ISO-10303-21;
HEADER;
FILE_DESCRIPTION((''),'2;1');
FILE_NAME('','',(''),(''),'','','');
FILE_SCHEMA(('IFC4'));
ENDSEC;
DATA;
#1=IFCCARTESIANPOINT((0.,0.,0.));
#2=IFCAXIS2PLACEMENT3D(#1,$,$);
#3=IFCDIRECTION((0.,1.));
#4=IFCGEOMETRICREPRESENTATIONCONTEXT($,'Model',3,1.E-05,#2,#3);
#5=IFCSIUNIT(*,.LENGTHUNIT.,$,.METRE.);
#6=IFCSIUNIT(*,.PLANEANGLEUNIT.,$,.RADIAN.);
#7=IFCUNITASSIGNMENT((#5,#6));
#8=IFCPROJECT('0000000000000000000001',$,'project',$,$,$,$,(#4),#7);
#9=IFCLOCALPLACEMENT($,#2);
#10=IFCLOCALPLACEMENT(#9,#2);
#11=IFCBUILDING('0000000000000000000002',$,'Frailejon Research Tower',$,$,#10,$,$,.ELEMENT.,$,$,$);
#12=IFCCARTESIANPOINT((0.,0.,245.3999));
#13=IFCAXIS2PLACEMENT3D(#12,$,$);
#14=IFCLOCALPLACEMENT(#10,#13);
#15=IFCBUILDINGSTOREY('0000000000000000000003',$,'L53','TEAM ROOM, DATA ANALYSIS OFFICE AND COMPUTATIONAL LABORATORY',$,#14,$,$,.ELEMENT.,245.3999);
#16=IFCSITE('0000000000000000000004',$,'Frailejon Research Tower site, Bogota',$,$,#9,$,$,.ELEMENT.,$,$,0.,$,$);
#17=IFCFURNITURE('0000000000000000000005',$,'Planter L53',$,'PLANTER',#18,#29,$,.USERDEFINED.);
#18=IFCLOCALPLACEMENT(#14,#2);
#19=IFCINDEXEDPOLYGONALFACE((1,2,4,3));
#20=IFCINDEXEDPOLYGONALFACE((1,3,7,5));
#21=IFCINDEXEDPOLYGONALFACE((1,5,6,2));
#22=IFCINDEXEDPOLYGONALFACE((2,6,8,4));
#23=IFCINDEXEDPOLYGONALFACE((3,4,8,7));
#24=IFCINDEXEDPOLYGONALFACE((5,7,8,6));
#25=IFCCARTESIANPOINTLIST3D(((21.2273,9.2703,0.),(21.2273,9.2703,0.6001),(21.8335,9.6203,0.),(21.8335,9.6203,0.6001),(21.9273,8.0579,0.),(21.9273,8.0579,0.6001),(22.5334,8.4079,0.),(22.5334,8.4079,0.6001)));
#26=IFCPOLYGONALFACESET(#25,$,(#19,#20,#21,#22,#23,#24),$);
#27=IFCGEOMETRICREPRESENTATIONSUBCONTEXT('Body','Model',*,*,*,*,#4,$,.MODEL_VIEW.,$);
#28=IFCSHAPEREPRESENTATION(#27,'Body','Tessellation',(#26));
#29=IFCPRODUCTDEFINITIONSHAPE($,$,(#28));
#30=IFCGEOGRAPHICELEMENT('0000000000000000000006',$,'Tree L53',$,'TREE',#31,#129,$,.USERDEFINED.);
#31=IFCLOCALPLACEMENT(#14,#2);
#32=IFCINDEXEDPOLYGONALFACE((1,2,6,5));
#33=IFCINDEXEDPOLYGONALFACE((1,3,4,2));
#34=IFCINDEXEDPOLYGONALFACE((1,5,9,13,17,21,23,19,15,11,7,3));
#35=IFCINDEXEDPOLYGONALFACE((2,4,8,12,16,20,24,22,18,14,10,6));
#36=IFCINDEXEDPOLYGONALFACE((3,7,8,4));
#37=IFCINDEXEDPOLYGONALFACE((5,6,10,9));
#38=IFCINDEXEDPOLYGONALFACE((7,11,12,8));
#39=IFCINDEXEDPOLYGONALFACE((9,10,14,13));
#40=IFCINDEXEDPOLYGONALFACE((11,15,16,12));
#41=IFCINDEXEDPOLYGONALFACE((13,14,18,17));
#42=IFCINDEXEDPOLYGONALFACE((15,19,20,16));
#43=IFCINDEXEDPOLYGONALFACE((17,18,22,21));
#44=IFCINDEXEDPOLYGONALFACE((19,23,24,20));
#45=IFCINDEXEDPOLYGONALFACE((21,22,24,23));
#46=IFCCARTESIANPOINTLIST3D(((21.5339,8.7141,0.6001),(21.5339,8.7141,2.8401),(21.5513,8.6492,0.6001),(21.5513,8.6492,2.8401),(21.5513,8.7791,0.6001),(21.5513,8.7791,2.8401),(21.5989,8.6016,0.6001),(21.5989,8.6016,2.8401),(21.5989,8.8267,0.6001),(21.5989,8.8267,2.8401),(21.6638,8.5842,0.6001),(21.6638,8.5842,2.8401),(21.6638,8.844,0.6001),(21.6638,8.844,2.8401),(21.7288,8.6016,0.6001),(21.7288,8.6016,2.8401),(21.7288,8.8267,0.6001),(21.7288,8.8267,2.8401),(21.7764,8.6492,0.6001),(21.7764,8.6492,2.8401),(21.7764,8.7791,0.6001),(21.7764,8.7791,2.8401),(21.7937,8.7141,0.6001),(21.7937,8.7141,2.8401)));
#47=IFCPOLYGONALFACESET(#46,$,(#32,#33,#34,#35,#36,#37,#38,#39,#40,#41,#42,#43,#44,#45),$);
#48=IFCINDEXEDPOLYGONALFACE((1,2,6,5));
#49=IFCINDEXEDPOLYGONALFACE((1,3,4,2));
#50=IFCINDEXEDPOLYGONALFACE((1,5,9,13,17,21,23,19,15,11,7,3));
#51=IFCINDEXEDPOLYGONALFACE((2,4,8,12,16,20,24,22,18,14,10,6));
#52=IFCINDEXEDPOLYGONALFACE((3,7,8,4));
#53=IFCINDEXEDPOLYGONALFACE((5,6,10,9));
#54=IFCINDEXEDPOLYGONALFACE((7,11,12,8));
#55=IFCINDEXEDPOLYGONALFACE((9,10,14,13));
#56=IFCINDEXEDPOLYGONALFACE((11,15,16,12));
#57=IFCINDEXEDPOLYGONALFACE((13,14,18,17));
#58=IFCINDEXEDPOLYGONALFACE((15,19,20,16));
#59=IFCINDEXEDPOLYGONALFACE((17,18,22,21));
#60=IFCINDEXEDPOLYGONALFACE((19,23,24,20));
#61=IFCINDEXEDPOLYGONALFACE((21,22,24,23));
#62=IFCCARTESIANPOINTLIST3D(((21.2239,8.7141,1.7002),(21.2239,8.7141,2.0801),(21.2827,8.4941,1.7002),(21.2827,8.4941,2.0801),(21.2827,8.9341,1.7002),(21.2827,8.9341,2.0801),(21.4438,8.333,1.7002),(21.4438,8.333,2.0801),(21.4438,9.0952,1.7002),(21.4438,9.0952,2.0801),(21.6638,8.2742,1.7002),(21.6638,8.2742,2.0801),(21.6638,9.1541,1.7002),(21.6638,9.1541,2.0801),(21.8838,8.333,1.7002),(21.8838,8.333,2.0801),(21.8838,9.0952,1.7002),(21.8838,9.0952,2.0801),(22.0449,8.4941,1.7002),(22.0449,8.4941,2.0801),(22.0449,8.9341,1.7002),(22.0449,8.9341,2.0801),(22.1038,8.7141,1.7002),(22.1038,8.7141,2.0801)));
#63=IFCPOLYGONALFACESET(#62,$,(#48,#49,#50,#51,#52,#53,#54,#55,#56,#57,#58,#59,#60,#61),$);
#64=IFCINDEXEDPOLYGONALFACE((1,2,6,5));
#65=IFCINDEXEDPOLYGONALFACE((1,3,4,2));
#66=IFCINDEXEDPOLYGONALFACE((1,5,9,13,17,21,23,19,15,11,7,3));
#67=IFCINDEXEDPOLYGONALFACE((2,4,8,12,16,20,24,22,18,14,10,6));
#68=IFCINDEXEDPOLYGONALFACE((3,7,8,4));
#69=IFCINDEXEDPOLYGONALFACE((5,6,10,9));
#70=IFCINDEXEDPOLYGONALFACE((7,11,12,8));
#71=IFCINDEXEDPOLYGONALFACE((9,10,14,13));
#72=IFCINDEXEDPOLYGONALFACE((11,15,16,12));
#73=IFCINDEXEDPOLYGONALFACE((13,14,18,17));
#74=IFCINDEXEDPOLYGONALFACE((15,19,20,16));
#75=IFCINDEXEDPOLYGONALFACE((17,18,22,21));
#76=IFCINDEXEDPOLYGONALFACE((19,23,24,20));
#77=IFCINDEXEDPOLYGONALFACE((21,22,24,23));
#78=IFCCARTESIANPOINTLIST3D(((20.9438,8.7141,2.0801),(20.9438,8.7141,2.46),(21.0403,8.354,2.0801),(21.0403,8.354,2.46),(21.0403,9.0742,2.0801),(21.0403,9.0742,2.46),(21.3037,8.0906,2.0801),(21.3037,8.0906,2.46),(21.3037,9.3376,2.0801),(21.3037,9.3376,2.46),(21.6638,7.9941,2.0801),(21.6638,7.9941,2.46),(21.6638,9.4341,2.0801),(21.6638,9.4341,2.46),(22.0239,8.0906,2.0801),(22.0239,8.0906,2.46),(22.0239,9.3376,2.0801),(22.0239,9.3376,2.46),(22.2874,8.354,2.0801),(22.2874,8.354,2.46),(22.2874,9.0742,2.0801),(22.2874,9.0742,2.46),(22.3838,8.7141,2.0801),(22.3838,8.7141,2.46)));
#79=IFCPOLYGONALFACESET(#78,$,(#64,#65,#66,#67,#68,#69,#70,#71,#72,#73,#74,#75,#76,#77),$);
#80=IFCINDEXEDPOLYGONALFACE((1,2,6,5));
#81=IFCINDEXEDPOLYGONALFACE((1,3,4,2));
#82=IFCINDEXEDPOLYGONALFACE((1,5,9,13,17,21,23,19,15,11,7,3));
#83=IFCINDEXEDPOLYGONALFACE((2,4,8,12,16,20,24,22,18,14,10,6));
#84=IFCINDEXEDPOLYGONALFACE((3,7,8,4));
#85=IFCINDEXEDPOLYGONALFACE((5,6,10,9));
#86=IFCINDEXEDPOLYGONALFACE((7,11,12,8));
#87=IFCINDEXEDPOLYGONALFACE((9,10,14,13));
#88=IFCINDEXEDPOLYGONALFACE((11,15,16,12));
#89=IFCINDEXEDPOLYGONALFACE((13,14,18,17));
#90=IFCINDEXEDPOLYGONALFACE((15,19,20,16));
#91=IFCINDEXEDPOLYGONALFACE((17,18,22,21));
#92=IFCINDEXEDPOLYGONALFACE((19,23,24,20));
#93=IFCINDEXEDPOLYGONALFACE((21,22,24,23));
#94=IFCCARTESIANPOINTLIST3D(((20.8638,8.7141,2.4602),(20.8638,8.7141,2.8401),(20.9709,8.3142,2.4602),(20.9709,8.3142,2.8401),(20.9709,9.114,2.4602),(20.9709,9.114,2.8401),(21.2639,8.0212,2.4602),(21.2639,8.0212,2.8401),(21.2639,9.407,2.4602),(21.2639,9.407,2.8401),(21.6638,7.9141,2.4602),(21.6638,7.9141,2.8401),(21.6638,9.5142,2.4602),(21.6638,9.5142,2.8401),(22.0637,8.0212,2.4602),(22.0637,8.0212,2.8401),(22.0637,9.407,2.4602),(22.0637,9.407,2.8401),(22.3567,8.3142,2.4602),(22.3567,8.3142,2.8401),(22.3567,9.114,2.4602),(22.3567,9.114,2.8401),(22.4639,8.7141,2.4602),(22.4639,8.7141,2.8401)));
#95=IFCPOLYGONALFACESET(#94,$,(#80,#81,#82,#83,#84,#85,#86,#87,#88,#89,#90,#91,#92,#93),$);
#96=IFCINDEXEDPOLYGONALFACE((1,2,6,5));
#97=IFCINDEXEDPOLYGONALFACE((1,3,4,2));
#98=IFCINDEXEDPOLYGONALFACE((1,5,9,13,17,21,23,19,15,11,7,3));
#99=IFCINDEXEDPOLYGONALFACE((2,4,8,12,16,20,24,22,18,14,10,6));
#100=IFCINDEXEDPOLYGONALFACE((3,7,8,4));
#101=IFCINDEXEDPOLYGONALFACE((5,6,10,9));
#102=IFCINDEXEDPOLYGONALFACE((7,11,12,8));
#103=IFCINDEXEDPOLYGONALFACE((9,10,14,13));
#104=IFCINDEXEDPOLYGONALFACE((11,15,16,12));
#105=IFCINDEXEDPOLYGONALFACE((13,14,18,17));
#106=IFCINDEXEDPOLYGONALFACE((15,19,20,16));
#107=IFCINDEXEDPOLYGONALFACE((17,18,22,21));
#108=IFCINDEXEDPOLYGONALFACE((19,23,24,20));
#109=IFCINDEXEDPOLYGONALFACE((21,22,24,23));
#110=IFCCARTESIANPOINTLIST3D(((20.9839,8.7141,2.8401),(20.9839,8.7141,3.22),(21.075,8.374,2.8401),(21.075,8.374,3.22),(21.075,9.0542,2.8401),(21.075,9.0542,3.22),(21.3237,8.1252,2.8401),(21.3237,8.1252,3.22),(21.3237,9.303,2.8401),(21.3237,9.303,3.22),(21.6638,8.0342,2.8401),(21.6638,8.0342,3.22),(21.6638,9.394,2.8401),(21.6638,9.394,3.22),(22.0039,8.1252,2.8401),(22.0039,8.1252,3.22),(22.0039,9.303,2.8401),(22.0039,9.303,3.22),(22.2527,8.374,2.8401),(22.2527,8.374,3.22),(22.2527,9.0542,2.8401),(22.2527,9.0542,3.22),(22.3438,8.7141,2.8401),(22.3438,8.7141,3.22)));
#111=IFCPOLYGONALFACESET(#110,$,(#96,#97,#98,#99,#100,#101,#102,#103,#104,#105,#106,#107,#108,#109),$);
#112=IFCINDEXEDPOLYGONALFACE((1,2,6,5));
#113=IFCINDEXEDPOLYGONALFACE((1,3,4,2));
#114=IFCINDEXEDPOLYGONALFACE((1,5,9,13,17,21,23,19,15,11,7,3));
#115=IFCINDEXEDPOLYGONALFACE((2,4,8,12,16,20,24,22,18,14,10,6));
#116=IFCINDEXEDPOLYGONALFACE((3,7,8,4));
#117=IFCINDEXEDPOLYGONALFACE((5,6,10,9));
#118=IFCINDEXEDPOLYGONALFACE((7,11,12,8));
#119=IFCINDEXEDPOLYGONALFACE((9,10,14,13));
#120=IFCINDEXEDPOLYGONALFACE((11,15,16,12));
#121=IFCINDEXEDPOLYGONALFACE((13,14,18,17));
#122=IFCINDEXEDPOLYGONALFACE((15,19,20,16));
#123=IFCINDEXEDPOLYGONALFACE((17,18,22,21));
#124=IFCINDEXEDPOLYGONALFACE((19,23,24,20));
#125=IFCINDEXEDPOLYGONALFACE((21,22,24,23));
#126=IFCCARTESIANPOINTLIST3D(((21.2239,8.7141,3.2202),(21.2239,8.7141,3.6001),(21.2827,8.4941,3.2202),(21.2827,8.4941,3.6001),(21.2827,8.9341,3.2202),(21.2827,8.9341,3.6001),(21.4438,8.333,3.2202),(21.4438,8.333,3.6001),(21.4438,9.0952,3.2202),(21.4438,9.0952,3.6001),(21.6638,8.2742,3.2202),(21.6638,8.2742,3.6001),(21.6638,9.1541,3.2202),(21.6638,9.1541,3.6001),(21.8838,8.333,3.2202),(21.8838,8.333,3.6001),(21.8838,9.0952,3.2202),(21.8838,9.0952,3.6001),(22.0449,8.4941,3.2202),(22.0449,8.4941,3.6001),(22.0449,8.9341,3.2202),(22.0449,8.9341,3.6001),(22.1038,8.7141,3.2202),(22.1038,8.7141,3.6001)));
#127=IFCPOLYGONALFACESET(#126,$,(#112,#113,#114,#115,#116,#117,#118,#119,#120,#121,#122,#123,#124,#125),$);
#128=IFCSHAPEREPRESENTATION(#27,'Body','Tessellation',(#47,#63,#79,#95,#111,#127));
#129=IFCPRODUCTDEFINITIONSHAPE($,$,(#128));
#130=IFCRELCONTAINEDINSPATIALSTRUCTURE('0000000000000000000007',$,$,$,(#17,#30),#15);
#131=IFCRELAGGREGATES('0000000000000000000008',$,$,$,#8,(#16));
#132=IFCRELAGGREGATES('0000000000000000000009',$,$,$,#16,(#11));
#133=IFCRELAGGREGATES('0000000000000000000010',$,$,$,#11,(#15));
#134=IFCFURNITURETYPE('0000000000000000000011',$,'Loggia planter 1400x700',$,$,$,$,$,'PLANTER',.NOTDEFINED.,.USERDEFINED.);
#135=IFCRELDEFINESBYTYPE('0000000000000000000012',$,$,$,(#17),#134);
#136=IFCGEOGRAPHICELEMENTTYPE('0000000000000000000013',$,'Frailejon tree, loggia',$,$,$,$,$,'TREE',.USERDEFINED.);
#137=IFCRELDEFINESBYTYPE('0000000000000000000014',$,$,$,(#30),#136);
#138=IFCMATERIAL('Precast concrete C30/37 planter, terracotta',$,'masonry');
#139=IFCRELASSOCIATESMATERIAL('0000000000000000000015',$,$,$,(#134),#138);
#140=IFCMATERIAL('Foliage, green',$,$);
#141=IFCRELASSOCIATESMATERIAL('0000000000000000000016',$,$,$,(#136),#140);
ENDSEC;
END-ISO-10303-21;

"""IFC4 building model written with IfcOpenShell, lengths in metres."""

from ifc_helpers import new_model, si_unit, direction, frame, origin, origin_2d, place, context, subcontext, project, spatial, polyline, rectangle, outline, extrude, material, type_object, element, save


model = new_model("IFC4")

# Units and contexts
model_context = context("Model", 3, precision=1e-05, world=origin(), true_north=direction((0.0, 1.0)))
body_context = subcontext(model_context, "Body", "Model", "MODEL_VIEW")
ifc_project = project(units=[si_unit("LENGTHUNIT", "METRE"), si_unit("PLANEANGLEUNIT", "RADIAN")], contexts=[model_context])

# Site, building, storey
site_placement = place(None, origin())
site = spatial("IfcSite", under=ifc_project, at=site_placement, Name="Frailejon Research Tower site, Bogota", CompositionType="ELEMENT", RefElevation=0.0)
building_placement = place(site_placement, origin())
building = spatial("IfcBuilding", under=site, at=building_placement, Name="Frailejon Research Tower", CompositionType="ELEMENT")
storey_placement = place(building_placement, frame((0.0, 0.0, 245.3999)))
storey = spatial("IfcBuildingStorey", under=building, at=storey_placement, Name="L53", Description="TEAM ROOM, DATA ANALYSIS OFFICE AND COMPUTATIONAL LABORATORY", CompositionType="ELEMENT", Elevation=245.3999)

# Furniture
ifc_material_1 = material(Name="Precast concrete C30/37 planter, terracotta", Category="masonry")
furniture_type = type_object("IfcFurnitureType", Name="Loggia planter 1400x700", ElementType="PLANTER", AssemblyPlace="NOTDEFINED", PredefinedType="USERDEFINED", material=ifc_material_1)
furniture_placement = place(storey_placement, frame((21.8804, 8.8391, 0.0), z_axis=(0.0, 0.0, 1.0), x_axis=(-0.5, 0.866025, 0.0)))
element("IfcFurniture", 1, at=furniture_placement, inside=storey, type_object=furniture_type, Name="Planter L53", ObjectType="PLANTER", PredefinedType="USERDEFINED", context=body_context, shape_type="SweptSolid", body=[
    extrude(rectangle(XDim=1.3999, YDim=0.7, at=origin_2d()), origin(), (0.0, 0.0, 1.0), 0.6001),
])

# Geographic element
ifc_material_2 = material(Name="Foliage, green")
geographic_element_type = type_object("IfcGeographicElementType", Name="Frailejon tree, loggia", ElementType="TREE", PredefinedType="USERDEFINED", material=ifc_material_2)
geographic_element_placement = place(storey_placement, frame((21.6638, 8.7141, 0.6001)))
element("IfcGeographicElement", 2, at=geographic_element_placement, inside=storey, type_object=geographic_element_type, Name="Tree L53", ObjectType="TREE", PredefinedType="USERDEFINED", context=body_context, shape_type="SweptSolid", body=[
    extrude(outline(polyline([(0.1299, 0.0), (0.1125, 0.0649), (0.0649, 0.1125), (0.0, 0.1299), (-0.0649, 0.1125), (-0.1125, 0.0649), (-0.1299, 0.0), (-0.1125, -0.0649), (-0.0649, -0.1125), (0.0, -0.1299), (0.0649, -0.1125), (0.1125, -0.0649), (0.1299, 0.0)])), origin(), (0.0, 0.0, 1.0), 2.24),
    extrude(outline(polyline([(0.4399, 0.0), (0.3811, 0.22), (0.22, 0.3811), (0.0, 0.4399), (-0.22, 0.3811), (-0.3811, 0.22), (-0.4399, 0.0), (-0.3811, -0.22), (-0.22, -0.3811), (0.0, -0.4399), (0.22, -0.3811), (0.3811, -0.22), (0.4399, 0.0)])), frame((0.0, 0.0, 1.1001)), (0.0, 0.0, 1.0), 0.3799),
    extrude(outline(polyline([(0.72, 0.0), (0.6235, 0.3601), (0.3601, 0.6235), (0.0, 0.72), (-0.3601, 0.6235), (-0.6235, 0.3601), (-0.72, 0.0), (-0.6235, -0.3601), (-0.3601, -0.6235), (0.0, -0.72), (0.3601, -0.6235), (0.6235, -0.3601), (0.72, 0.0)])), frame((0.0, 0.0, 1.48)), (0.0, 0.0, 1.0), 0.3799),
    extrude(outline(polyline([(0.8, 0.0), (0.6929, 0.3999), (0.3999, 0.6929), (0.0, 0.8), (-0.3999, 0.6929), (-0.6929, 0.3999), (-0.8, 0.0), (-0.6929, -0.3999), (-0.3999, -0.6929), (0.0, -0.8), (0.3999, -0.6929), (0.6929, -0.3999), (0.8, 0.0)])), frame((0.0, 0.0, 1.8601)), (0.0, 0.0, 1.0), 0.3799),
    extrude(outline(polyline([(0.6799, 0.0), (0.5889, 0.3401), (0.3401, 0.5889), (0.0, 0.6799), (-0.3401, 0.5889), (-0.5889, 0.3401), (-0.6799, 0.0), (-0.5889, -0.3401), (-0.3401, -0.5889), (0.0, -0.6799), (0.3401, -0.5889), (0.5889, -0.3401), (0.6799, 0.0)])), frame((0.0, 0.0, 2.24)), (0.0, 0.0, 1.0), 0.3799),
    extrude(outline(polyline([(0.4399, 0.0), (0.3811, 0.22), (0.22, 0.3811), (0.0, 0.4399), (-0.22, 0.3811), (-0.3811, 0.22), (-0.4399, 0.0), (-0.3811, -0.22), (-0.22, -0.3811), (0.0, -0.4399), (0.22, -0.3811), (0.3811, -0.22), (0.4399, 0.0)])), frame((0.0, 0.0, 2.6201)), (0.0, 0.0, 1.0), 0.3799),
])

save(model, "model.ifc")
